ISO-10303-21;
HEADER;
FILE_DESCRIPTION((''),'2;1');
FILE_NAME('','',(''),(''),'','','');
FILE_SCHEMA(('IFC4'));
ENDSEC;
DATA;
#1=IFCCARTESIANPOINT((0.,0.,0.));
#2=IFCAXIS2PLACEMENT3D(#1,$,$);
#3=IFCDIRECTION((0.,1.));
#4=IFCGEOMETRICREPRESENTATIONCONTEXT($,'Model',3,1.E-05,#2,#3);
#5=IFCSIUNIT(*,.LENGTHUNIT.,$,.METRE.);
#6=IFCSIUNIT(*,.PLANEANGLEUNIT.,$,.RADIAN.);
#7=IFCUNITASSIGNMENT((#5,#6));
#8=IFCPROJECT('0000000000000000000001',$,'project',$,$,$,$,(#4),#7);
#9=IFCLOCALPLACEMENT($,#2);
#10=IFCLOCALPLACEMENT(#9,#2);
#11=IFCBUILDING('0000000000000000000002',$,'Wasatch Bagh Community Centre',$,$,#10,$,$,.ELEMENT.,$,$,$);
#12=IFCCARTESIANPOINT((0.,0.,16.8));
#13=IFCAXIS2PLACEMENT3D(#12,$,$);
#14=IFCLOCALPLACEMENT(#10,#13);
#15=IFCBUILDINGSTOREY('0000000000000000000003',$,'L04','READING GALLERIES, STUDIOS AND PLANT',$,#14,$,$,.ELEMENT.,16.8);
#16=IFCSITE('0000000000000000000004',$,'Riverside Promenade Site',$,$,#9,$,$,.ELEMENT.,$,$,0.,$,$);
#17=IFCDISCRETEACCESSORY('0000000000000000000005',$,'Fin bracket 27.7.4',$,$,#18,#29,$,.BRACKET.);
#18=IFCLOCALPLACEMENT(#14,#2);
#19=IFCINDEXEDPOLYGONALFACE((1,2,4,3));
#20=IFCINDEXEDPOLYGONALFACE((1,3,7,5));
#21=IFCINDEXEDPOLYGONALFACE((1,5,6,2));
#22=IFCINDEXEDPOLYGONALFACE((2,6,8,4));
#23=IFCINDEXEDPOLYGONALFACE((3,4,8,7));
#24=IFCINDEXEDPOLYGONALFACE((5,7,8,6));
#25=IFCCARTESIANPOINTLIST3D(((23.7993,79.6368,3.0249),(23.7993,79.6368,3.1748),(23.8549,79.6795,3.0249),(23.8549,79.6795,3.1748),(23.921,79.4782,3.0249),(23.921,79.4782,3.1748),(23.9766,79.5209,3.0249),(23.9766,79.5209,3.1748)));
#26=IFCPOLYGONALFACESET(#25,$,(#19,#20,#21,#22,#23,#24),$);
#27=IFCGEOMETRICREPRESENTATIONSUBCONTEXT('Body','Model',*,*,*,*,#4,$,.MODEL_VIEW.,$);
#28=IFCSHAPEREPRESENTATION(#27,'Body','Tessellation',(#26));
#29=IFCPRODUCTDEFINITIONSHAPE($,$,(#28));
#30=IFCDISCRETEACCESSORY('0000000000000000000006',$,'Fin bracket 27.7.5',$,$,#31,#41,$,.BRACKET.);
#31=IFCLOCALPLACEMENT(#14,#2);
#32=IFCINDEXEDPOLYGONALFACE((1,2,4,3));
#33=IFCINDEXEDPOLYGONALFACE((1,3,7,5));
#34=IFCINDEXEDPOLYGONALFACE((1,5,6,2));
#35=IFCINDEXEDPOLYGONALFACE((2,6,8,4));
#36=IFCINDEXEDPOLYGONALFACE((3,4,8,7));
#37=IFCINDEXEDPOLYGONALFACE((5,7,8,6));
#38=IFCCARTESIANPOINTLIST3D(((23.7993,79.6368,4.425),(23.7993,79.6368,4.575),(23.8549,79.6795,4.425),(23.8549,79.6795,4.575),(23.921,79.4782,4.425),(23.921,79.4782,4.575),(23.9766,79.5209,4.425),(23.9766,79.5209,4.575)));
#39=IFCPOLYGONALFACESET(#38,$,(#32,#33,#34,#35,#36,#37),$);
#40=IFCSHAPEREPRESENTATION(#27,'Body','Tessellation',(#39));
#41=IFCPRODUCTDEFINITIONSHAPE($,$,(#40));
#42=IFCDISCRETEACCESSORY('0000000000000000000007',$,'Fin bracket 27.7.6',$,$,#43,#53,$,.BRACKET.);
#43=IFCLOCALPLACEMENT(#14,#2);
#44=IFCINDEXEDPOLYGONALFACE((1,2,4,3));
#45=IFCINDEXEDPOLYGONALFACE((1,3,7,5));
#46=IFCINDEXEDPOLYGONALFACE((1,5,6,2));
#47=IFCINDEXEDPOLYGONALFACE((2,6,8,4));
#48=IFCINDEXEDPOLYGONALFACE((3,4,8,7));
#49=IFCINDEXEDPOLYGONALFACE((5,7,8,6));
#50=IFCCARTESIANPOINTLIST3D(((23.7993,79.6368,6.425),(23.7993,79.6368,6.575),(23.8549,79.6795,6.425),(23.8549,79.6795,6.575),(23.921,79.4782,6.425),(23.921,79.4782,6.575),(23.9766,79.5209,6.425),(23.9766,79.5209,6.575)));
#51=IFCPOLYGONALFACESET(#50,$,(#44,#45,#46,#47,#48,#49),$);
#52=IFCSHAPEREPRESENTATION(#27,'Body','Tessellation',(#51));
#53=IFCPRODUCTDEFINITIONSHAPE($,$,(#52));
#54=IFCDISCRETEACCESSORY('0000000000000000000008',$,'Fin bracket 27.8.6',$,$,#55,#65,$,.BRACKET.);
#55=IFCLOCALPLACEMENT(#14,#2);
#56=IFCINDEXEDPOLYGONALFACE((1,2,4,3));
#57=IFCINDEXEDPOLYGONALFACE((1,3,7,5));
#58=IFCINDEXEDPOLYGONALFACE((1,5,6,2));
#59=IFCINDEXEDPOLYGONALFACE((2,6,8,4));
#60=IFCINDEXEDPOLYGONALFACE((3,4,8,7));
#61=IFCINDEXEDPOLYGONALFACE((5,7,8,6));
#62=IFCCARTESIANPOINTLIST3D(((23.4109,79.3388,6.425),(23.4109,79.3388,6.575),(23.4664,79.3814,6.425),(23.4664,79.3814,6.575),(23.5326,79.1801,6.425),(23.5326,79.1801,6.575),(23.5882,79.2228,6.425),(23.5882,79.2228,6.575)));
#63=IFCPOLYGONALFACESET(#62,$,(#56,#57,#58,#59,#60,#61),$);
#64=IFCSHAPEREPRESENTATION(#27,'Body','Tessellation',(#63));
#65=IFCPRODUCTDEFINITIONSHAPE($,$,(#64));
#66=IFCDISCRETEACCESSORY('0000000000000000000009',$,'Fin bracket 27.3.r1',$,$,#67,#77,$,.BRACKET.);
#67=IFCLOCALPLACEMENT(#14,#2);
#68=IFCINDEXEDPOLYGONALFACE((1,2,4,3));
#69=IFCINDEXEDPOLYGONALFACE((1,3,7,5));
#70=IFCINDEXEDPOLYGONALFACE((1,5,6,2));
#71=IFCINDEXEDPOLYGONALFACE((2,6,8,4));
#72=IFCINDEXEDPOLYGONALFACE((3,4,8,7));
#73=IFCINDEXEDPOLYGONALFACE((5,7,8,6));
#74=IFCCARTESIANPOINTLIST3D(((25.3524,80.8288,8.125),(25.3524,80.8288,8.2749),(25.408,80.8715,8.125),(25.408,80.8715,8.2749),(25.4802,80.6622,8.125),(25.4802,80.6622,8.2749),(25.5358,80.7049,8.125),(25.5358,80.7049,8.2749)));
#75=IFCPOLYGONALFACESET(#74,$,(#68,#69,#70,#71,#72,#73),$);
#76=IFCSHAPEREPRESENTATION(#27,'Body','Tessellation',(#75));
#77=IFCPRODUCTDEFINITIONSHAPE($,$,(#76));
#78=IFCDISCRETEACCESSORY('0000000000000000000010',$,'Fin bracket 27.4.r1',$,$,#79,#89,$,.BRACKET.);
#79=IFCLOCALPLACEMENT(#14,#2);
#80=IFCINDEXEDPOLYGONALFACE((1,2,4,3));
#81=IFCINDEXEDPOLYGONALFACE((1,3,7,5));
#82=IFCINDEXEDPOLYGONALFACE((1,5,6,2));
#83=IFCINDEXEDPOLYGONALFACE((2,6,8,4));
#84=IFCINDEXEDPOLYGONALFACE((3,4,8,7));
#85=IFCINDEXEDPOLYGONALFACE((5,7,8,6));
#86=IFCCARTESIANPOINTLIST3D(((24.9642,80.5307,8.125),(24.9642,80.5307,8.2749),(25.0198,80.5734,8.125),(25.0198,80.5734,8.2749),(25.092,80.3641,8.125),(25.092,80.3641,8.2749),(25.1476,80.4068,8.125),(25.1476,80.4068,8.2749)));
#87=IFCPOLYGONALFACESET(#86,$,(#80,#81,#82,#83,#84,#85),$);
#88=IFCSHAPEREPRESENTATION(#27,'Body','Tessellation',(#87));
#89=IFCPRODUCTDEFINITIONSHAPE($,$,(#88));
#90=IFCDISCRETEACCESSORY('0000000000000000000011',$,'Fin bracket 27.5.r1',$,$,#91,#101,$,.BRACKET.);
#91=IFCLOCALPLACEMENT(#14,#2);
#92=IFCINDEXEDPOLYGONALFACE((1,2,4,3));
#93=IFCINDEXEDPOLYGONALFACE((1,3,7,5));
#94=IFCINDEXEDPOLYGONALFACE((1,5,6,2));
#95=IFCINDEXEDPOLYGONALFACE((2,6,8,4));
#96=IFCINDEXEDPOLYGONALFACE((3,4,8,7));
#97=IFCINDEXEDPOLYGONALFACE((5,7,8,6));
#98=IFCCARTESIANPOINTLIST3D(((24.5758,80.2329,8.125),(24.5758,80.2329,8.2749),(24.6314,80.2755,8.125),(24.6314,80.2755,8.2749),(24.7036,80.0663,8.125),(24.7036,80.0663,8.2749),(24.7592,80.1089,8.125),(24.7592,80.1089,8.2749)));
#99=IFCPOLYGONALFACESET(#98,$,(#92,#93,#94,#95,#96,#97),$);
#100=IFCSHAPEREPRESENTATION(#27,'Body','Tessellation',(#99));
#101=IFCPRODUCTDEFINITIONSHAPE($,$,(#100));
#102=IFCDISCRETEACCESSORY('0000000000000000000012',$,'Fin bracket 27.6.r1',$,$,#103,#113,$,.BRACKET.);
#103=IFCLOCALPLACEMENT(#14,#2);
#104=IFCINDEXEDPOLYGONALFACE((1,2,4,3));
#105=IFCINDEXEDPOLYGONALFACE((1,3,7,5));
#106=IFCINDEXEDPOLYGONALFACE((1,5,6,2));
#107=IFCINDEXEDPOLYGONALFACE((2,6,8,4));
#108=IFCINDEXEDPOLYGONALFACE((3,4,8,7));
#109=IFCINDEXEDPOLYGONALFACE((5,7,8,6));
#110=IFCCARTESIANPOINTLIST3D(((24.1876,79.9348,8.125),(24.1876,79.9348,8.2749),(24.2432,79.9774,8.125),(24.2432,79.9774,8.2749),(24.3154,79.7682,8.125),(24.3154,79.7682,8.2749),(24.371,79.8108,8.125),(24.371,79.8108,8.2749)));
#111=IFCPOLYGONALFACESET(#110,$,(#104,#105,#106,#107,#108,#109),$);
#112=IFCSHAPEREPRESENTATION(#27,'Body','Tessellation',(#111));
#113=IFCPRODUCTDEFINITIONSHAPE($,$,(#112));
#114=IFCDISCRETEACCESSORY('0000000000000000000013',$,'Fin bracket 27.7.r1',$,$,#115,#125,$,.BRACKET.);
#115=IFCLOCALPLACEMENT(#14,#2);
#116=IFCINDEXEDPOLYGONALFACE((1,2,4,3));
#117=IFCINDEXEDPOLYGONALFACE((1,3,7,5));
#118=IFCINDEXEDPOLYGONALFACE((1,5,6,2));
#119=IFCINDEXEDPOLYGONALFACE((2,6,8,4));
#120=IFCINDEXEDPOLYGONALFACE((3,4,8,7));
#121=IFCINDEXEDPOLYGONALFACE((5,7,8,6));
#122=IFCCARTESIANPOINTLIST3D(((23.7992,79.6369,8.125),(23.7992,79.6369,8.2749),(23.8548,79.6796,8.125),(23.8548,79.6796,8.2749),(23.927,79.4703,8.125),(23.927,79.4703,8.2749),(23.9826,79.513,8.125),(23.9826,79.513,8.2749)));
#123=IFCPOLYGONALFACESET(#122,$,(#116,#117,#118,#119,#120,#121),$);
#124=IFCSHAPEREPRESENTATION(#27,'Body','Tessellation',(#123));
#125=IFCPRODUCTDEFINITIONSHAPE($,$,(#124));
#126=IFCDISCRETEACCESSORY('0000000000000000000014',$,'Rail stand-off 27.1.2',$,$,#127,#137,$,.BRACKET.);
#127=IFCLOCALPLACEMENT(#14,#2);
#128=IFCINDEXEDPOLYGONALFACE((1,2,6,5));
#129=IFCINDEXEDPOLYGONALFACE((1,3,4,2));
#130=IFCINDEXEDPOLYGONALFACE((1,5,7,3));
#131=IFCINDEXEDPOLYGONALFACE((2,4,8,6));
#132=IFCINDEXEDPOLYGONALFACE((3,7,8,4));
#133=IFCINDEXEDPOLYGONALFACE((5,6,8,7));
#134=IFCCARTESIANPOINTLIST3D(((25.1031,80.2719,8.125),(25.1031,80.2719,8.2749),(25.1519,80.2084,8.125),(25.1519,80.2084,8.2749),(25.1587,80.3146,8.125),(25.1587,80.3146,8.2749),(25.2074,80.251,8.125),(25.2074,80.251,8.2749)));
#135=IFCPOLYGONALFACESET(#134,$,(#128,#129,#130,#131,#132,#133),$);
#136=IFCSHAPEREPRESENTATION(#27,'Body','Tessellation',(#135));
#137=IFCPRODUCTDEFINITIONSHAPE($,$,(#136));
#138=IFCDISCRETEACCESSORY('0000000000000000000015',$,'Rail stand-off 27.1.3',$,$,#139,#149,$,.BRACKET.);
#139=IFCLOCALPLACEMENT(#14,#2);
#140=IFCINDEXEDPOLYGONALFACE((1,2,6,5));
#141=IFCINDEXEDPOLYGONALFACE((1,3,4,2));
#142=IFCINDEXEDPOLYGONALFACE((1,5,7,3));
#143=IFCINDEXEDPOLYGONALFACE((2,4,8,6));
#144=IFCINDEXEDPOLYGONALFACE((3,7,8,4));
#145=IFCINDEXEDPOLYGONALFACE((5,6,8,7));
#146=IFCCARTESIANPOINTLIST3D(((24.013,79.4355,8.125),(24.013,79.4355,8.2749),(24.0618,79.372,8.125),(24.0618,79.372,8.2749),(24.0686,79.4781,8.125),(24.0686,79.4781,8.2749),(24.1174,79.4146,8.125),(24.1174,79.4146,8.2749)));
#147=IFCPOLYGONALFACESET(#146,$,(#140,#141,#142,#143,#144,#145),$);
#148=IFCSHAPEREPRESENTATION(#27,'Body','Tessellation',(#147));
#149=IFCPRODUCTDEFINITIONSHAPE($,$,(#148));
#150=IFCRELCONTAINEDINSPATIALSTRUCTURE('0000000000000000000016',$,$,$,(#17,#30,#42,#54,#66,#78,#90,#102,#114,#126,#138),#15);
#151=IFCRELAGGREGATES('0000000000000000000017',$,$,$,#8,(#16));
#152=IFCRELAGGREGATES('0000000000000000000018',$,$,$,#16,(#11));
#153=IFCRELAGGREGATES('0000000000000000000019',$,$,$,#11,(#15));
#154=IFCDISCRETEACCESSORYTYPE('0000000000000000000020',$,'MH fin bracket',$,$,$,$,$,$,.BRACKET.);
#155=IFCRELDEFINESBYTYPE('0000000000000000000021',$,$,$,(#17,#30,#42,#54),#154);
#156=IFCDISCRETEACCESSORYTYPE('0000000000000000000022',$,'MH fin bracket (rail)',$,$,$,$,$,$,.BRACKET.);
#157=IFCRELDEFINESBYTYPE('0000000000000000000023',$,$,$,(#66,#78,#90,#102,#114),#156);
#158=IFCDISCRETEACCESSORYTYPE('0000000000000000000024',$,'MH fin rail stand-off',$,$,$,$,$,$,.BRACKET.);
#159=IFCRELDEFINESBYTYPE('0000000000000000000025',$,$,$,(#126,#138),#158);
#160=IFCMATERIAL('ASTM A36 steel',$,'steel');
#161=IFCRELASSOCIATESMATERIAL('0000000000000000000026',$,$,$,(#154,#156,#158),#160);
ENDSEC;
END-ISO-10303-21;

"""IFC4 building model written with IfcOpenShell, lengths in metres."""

from ifc_helpers import new_model, si_unit, direction, frame, origin, origin_2d, place, context, subcontext, project, spatial, rectangle, extrude, material, type_object, element, save


model = new_model("IFC4")

# Units and contexts
model_context = context("Model", 3, precision=1e-05, world=origin(), true_north=direction((0.0, 1.0)))
body_context = subcontext(model_context, "Body", "Model", "MODEL_VIEW")
ifc_project = project(units=[si_unit("LENGTHUNIT", "METRE"), si_unit("PLANEANGLEUNIT", "RADIAN")], contexts=[model_context])

# Site, building, storey
site_placement = place(None, origin())
site = spatial("IfcSite", under=ifc_project, at=site_placement, Name="Riverside Promenade Site", CompositionType="ELEMENT", RefElevation=0.0)
building_placement = place(site_placement, origin())
building = spatial("IfcBuilding", under=site, at=building_placement, Name="Wasatch Bagh Community Centre", CompositionType="ELEMENT")
storey_placement = place(building_placement, frame((0.0, 0.0, 16.8)))
storey = spatial("IfcBuildingStorey", under=building, at=storey_placement, Name="L04", Description="READING GALLERIES, STUDIOS AND PLANT", CompositionType="ELEMENT", Elevation=16.8)

# Discrete accessories
ifc_material_1 = material(Name="ASTM A36 steel", Category="steel")
discrete_accessory_type_1 = type_object("IfcDiscreteAccessoryType", Name="MH fin bracket", PredefinedType="BRACKET", material=ifc_material_1)
for number, where, z_axis, x_axis, name in (
    (1, (23.8879, 79.5789, 3.0249), (0.0, 0.0, 1.0), (-0.793353, -0.608761, 0.0), "Fin bracket 27.7.4"),
    (2, (23.8879, 79.5789, 4.425), (0.0, 0.0, 1.0), (-0.793353, -0.608761, 0.0), "Fin bracket 27.7.5"),
    (3, (23.8879, 79.5789, 6.425), (0.0, 0.0, 1.0), (-0.793353, -0.608761, 0.0), "Fin bracket 27.7.6"),
    (4, (23.4995, 79.2808, 6.425), (0.0, 0.0, 1.0), (-0.793353, -0.608761, 0.0), "Fin bracket 27.8.6"),
):
    element("IfcDiscreteAccessory", number, at=place(storey_placement, frame(where, z_axis=z_axis, x_axis=x_axis)), inside=storey, type_object=discrete_accessory_type_1, Name=name, PredefinedType="BRACKET", context=body_context, shape_type="SweptSolid", body=[
        extrude(rectangle(XDim=0.0701, YDim=0.2, at=origin_2d()), origin(), (0.0, 0.0, 1.0), 0.1499),
    ])
discrete_accessory_type_2 = type_object("IfcDiscreteAccessoryType", Name="MH fin bracket (rail)", PredefinedType="BRACKET", material=ifc_material_1)
for number, where, z_axis, x_axis, name in (
    (5, (25.4441, 80.7668, 8.125), (0.0, 0.0, 1.0), (-0.793353, -0.608761, 0.0), "Fin bracket 27.3.r1"),
    (6, (25.0559, 80.4688, 8.125), (0.0, 0.0, 1.0), (-0.793353, -0.608761, 0.0), "Fin bracket 27.4.r1"),
    (7, (24.6675, 80.1709, 8.125), (0.0, 0.0, 1.0), (-0.793353, -0.608761, 0.0), "Fin bracket 27.5.r1"),
    (8, (24.2793, 79.8728, 8.125), (0.0, 0.0, 1.0), (-0.793353, -0.608761, 0.0), "Fin bracket 27.6.r1"),
    (9, (23.8909, 79.575, 8.125), (0.0, 0.0, 1.0), (-0.793353, -0.608761, 0.0), "Fin bracket 27.7.r1"),
):
    element("IfcDiscreteAccessory", number, at=place(storey_placement, frame(where, z_axis=z_axis, x_axis=x_axis)), inside=storey, type_object=discrete_accessory_type_2, Name=name, PredefinedType="BRACKET", context=body_context, shape_type="SweptSolid", body=[
        extrude(rectangle(XDim=0.0701, YDim=0.21, at=origin_2d()), origin(), (0.0, 0.0, 1.0), 0.1499),
    ])
discrete_accessory_type_3 = type_object("IfcDiscreteAccessoryType", Name="MH fin rail stand-off", PredefinedType="BRACKET", material=ifc_material_1)
for number, where, z_axis, x_axis, name in (
    (10, (25.1553, 80.2615, 8.125), (0.0, 0.0, 1.0), (-0.793353, -0.608761, 0.0), "Rail stand-off 27.1.2"),
    (11, (24.0652, 79.425, 8.125), (0.0, 0.0, 1.0), (-0.793353, -0.608761, 0.0), "Rail stand-off 27.1.3"),
):
    element("IfcDiscreteAccessory", number, at=place(storey_placement, frame(where, z_axis=z_axis, x_axis=x_axis)), inside=storey, type_object=discrete_accessory_type_3, Name=name, PredefinedType="BRACKET", context=body_context, shape_type="SweptSolid", body=[
        extrude(rectangle(XDim=0.0701, YDim=0.0801, at=origin_2d()), origin(), (0.0, 0.0, 1.0), 0.1499),
    ])

save(model, "model.ifc")
